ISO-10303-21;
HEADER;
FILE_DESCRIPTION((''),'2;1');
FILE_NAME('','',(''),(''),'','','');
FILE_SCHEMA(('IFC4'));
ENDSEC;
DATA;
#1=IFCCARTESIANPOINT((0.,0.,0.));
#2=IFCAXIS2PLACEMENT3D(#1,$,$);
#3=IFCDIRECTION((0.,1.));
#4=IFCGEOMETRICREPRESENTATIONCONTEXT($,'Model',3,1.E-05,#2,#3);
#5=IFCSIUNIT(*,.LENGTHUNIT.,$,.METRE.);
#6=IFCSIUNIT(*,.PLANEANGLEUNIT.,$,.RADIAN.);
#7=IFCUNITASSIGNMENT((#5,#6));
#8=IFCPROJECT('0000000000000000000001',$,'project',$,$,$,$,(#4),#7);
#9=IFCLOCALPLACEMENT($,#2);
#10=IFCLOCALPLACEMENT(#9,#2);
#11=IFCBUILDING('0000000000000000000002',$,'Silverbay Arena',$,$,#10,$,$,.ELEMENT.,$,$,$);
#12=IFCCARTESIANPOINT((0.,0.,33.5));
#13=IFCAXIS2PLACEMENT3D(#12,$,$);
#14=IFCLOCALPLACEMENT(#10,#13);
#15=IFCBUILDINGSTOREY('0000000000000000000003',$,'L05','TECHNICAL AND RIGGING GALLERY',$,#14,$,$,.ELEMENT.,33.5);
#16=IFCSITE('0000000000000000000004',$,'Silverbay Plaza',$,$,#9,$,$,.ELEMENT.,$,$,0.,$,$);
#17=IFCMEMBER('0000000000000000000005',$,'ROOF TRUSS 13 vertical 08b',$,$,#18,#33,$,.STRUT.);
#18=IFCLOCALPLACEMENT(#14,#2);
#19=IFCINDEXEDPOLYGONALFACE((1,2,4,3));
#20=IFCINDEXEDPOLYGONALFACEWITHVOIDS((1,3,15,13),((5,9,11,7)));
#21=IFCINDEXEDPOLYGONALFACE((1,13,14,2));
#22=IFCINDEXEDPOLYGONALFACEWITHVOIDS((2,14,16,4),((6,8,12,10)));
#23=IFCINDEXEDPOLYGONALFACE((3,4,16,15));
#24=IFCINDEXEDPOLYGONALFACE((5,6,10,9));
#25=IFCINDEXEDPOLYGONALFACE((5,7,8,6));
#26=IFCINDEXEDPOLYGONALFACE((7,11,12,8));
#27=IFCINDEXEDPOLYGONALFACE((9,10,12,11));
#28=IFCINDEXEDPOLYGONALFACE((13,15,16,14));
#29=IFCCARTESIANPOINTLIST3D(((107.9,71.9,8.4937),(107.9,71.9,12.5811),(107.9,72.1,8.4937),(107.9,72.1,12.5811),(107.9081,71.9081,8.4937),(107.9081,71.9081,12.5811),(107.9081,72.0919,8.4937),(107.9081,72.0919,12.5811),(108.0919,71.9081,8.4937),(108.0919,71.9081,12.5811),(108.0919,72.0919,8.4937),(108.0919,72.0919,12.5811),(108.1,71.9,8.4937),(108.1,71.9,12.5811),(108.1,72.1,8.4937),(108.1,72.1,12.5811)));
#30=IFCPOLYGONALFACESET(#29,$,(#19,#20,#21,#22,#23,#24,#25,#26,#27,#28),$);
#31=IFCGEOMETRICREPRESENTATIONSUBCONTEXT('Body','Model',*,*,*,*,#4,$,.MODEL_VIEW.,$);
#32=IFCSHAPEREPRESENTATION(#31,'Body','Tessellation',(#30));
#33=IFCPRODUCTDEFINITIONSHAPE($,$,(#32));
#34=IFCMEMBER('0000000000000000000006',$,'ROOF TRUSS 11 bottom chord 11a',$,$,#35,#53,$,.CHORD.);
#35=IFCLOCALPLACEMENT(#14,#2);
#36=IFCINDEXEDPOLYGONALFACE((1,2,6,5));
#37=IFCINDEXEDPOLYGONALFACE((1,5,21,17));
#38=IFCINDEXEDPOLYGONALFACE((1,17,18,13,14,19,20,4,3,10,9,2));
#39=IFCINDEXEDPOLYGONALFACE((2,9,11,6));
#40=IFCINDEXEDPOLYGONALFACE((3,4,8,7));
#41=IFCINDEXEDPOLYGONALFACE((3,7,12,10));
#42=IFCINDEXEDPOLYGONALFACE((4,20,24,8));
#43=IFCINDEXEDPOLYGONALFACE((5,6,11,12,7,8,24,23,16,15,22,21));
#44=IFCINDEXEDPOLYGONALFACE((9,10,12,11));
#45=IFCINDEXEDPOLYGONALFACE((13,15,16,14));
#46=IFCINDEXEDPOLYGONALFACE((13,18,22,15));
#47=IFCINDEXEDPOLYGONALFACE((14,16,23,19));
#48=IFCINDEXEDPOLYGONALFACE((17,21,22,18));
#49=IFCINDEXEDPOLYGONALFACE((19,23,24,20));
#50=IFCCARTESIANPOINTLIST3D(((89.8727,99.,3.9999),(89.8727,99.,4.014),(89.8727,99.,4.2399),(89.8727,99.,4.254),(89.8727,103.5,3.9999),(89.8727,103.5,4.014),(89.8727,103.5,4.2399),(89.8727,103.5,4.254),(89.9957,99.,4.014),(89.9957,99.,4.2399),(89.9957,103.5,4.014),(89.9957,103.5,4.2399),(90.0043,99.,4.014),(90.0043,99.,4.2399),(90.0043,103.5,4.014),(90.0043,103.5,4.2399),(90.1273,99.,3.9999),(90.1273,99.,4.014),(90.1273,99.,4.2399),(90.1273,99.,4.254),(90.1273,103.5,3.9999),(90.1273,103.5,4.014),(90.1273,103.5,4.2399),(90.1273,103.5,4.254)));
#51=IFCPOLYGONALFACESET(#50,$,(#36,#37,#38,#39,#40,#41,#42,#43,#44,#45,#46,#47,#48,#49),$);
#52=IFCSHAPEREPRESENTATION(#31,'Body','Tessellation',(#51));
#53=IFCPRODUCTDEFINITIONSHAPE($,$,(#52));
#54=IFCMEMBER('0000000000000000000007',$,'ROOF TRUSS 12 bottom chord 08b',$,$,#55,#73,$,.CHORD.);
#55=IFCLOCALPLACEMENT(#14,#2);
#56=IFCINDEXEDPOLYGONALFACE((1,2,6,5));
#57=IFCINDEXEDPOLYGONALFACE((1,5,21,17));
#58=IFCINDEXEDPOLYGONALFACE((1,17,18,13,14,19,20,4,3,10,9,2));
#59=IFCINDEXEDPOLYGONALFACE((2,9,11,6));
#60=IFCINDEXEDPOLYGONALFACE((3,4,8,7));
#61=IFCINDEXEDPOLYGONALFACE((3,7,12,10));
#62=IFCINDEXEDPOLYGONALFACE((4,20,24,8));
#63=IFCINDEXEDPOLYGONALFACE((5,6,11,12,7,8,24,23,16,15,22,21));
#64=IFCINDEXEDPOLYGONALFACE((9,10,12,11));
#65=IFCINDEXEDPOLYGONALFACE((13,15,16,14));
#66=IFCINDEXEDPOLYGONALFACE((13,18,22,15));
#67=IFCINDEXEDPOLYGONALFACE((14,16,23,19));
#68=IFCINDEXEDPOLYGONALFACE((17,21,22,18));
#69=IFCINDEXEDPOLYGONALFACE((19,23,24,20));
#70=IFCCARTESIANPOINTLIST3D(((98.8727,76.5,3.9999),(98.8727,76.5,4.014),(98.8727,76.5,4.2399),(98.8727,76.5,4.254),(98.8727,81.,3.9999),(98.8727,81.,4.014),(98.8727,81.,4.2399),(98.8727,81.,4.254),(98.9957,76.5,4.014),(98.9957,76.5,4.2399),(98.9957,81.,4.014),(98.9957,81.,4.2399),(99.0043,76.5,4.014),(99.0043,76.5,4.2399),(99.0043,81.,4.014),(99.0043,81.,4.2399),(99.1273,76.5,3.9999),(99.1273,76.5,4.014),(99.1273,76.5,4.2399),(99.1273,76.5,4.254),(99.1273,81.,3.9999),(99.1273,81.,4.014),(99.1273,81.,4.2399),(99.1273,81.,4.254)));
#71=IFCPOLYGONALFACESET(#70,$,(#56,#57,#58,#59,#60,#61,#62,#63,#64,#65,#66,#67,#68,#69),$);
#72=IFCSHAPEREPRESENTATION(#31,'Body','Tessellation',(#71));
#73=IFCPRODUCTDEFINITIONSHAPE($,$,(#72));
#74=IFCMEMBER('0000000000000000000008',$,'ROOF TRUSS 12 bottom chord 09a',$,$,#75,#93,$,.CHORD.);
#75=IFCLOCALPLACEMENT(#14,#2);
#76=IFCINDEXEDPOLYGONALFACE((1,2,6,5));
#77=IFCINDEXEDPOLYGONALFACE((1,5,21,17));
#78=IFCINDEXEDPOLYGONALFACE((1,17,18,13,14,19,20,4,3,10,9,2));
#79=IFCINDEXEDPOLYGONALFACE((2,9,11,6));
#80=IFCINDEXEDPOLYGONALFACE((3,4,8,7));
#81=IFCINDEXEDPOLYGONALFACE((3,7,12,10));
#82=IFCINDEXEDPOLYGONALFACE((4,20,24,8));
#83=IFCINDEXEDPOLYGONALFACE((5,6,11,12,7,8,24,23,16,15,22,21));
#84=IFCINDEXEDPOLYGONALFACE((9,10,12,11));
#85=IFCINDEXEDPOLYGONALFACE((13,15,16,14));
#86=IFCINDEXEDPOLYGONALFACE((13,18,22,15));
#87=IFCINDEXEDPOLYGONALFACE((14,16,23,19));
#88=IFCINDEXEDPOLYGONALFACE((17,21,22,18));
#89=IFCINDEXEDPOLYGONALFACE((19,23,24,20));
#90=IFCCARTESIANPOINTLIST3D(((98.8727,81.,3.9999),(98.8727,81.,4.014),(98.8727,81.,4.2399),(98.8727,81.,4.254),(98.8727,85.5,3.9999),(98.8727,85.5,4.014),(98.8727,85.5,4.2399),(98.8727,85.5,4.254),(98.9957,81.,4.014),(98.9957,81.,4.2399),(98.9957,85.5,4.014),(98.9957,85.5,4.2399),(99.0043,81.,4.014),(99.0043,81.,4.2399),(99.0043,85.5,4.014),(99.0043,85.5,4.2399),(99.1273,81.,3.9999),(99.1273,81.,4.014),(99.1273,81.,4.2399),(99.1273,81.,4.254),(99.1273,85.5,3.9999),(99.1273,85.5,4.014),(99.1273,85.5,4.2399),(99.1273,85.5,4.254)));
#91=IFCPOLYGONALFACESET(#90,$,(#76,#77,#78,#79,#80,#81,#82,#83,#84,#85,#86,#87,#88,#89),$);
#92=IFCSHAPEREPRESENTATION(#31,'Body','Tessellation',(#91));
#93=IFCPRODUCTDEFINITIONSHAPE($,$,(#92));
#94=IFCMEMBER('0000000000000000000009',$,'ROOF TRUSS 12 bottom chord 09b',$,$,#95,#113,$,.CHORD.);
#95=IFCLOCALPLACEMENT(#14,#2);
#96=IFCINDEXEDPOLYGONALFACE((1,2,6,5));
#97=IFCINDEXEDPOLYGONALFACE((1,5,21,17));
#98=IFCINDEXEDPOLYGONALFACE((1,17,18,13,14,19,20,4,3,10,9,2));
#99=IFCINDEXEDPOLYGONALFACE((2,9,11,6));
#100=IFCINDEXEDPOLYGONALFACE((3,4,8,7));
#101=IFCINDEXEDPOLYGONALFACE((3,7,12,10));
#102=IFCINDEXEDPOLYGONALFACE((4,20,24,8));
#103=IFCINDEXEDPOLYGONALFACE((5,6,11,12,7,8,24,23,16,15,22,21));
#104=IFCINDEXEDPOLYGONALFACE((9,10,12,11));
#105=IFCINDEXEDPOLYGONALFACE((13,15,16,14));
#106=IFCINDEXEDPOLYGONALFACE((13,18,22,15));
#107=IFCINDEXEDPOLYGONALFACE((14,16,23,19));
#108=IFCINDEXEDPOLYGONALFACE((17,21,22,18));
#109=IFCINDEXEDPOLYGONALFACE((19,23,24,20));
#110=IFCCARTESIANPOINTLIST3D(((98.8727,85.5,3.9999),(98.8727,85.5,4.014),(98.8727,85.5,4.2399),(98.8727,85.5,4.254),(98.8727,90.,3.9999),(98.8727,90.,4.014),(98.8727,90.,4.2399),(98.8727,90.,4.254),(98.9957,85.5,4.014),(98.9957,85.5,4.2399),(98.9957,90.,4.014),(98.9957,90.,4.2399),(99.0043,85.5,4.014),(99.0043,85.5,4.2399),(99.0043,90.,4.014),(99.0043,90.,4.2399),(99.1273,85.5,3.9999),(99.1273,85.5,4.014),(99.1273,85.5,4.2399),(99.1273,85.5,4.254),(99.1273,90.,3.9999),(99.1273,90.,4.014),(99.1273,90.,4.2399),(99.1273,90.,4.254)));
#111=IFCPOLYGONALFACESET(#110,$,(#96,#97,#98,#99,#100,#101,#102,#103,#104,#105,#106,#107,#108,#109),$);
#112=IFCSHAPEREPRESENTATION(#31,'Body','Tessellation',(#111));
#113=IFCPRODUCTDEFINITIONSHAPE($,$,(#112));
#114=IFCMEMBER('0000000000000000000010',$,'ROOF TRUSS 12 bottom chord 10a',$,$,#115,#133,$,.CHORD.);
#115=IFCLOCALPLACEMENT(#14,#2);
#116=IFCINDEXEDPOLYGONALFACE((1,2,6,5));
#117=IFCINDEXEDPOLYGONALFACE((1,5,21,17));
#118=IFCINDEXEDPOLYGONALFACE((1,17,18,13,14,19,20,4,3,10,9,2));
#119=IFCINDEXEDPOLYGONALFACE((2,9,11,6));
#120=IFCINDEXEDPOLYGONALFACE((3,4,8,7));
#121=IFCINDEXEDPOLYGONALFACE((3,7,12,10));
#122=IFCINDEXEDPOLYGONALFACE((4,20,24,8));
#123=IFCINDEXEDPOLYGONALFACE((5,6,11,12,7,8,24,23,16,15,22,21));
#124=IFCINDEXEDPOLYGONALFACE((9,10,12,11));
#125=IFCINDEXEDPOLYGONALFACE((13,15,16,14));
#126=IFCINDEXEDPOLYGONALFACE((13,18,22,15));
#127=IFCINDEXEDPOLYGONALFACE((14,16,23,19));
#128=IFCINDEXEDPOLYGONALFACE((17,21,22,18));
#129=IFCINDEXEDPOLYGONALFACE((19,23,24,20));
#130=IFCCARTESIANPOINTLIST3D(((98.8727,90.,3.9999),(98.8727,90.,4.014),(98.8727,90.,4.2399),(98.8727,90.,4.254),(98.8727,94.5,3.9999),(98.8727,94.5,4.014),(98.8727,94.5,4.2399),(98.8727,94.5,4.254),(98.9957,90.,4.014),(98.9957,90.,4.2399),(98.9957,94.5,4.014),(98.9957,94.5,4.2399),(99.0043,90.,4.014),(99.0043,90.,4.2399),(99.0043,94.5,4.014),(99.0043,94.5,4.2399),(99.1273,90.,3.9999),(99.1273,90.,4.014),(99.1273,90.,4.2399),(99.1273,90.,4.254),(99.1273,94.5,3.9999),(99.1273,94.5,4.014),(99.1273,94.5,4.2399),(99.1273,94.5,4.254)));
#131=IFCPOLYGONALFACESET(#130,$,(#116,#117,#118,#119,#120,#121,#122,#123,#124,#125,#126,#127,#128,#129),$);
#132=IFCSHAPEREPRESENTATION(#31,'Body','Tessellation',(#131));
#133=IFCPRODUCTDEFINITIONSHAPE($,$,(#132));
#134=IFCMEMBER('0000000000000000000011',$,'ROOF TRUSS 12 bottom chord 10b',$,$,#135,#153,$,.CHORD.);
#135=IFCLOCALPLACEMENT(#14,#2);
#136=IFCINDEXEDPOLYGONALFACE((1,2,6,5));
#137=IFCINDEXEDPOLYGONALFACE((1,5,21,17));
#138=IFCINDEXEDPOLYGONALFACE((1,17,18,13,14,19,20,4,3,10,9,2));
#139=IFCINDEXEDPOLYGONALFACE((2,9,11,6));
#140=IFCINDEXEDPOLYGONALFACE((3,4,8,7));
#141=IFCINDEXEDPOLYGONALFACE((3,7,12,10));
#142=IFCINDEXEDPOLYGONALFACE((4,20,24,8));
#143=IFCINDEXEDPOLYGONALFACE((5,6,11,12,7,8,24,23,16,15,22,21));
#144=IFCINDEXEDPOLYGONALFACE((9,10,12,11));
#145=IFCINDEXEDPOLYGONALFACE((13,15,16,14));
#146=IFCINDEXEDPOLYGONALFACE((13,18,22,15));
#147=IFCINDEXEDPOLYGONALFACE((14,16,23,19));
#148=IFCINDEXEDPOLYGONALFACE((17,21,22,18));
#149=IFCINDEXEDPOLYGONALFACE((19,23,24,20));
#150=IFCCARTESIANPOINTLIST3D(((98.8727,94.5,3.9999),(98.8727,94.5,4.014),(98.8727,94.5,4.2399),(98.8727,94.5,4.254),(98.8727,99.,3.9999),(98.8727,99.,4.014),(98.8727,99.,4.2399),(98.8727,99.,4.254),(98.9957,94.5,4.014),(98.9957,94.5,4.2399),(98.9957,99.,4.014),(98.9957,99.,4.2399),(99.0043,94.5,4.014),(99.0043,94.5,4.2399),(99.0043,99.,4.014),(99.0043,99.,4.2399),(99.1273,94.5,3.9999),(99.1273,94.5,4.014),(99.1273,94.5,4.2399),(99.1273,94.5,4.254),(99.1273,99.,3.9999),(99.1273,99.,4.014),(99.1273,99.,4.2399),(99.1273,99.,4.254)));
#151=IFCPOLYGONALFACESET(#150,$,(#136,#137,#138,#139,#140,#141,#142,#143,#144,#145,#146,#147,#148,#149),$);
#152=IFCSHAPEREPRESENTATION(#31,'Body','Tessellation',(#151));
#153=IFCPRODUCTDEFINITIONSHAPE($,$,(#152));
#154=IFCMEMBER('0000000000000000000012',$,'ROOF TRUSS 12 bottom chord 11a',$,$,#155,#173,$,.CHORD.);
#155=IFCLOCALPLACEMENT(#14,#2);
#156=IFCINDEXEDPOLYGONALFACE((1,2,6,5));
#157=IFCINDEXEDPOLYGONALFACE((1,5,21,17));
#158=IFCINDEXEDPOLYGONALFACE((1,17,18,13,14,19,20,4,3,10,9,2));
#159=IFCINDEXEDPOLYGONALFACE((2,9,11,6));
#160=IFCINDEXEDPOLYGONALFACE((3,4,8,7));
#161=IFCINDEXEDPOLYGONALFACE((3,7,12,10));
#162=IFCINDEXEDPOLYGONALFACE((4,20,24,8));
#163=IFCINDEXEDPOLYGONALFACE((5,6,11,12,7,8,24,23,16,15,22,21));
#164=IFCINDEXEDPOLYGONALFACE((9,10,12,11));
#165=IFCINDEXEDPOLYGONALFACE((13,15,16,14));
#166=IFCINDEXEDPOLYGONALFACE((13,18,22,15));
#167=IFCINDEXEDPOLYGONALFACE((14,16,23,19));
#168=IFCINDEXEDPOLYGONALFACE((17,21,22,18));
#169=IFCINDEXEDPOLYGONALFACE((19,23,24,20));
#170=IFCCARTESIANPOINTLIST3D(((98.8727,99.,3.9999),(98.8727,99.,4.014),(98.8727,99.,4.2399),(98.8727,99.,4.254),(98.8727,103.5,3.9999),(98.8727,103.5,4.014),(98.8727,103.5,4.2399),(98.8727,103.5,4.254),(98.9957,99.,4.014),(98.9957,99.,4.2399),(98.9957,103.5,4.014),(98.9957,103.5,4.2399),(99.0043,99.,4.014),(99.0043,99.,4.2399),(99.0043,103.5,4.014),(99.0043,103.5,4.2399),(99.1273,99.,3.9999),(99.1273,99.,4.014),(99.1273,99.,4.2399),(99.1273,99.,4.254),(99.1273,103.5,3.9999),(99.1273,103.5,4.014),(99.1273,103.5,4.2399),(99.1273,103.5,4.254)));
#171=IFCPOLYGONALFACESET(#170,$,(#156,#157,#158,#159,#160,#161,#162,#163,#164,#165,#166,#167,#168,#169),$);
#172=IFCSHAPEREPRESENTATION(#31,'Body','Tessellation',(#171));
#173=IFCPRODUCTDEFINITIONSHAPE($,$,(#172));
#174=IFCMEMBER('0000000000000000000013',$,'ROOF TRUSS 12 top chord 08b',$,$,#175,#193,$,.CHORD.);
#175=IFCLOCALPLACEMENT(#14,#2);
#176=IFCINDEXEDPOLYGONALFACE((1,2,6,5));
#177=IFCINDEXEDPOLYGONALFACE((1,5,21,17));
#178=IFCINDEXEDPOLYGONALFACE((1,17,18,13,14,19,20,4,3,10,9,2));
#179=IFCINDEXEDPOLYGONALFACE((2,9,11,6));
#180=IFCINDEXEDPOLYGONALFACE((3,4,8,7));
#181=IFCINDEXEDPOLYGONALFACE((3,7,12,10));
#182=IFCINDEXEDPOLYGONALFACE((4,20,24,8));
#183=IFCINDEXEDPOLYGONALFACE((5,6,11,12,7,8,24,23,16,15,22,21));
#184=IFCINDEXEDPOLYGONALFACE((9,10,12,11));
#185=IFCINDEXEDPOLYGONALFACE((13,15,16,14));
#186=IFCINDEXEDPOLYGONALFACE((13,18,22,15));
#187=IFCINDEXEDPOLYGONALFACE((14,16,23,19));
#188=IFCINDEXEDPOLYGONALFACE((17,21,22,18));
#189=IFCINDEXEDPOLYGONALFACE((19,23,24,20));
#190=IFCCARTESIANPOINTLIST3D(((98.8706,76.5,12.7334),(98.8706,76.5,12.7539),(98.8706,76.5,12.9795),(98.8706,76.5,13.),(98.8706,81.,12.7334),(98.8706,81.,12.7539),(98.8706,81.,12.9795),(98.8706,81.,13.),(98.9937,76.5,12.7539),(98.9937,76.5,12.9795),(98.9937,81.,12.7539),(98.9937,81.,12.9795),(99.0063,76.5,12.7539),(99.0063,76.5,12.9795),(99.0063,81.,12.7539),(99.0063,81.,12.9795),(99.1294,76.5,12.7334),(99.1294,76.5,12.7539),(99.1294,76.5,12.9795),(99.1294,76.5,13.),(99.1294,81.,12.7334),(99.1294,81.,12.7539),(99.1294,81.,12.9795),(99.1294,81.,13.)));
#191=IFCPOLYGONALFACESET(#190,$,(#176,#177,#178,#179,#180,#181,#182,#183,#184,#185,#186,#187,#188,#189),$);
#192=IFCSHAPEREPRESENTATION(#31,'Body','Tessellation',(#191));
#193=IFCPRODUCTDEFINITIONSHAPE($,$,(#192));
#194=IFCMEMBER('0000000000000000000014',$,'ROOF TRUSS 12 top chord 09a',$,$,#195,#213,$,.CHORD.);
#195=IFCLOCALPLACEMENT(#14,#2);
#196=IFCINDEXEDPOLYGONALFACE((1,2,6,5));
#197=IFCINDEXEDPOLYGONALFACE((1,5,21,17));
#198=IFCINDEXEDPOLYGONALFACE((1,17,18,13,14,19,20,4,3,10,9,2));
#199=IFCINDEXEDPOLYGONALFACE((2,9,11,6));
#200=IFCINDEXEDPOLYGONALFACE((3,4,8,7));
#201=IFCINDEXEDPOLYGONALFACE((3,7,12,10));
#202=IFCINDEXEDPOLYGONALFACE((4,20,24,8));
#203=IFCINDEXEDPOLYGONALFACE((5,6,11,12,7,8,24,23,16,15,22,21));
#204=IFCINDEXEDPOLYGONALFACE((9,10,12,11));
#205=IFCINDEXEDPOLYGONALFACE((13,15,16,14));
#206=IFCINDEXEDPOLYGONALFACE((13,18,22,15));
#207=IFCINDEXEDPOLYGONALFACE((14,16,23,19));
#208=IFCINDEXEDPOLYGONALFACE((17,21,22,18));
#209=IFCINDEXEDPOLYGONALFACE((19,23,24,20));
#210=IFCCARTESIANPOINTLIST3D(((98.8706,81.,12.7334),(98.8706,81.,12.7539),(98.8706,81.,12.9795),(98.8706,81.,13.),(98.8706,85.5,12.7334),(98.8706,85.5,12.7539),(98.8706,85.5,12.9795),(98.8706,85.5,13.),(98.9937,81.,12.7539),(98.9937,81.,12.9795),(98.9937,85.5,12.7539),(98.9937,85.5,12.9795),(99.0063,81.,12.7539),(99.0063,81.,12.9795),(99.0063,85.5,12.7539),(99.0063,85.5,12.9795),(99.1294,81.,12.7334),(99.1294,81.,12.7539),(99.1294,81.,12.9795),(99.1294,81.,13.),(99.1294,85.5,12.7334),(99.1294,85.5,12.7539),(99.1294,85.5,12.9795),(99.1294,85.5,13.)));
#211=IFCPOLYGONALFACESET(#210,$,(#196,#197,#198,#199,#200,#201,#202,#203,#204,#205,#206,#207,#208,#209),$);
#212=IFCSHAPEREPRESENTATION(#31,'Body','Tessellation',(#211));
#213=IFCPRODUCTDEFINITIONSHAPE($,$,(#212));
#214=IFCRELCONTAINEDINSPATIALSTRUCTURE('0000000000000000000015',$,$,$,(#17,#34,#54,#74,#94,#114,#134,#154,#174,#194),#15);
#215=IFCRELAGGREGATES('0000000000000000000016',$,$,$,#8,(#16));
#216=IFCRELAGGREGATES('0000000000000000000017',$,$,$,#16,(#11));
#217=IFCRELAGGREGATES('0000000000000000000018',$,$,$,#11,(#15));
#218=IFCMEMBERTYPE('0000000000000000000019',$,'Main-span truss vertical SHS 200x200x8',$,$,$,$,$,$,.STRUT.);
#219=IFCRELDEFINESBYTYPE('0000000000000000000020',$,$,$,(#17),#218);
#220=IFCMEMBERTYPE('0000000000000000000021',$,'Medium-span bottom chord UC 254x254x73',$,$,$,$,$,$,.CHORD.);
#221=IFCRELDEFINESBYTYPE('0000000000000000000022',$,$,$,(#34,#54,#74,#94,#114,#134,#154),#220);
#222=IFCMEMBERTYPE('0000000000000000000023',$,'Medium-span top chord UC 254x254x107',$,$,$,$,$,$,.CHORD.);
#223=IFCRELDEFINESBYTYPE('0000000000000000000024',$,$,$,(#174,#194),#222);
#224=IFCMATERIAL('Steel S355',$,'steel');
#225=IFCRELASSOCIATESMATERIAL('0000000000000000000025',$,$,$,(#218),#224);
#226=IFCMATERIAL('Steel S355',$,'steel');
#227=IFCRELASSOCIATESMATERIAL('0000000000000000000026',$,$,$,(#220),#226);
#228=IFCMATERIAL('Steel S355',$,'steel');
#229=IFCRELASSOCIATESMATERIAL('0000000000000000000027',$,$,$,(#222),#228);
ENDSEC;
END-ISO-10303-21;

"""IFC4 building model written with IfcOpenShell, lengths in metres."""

from ifc_helpers import new_model, si_unit, direction, frame, origin, origin_2d, place, context, subcontext, project, spatial, hollow_rectangle, i_section, extrude, material, material_profile, profile_set, type_object, element, save


model = new_model("IFC4")

# Units and contexts
model_context = context("Model", 3, precision=1e-05, world=origin(), true_north=direction((0.0, 1.0)))
body_context = subcontext(model_context, "Body", "Model", "MODEL_VIEW")
ifc_project = project(units=[si_unit("LENGTHUNIT", "METRE"), si_unit("PLANEANGLEUNIT", "RADIAN")], contexts=[model_context])

# Site, building, storey
site_placement = place(None, origin())
site = spatial("IfcSite", under=ifc_project, at=site_placement, Name="Silverbay Plaza", CompositionType="ELEMENT", RefElevation=0.0)
building_placement = place(site_placement, origin())
building = spatial("IfcBuilding", under=site, at=building_placement, Name="Silverbay Arena", CompositionType="ELEMENT")
storey_placement = place(building_placement, frame((0.0, 0.0, 33.5)))
storey = spatial("IfcBuildingStorey", under=building, at=storey_placement, Name="L05", Description="TECHNICAL AND RIGGING GALLERY", CompositionType="ELEMENT", Elevation=33.5)

# Members
ifc_material_1 = material(Name="Steel S355", Category="steel")
ifc_material_profile_1 = material_profile(ifc_material_1, hollow_rectangle(XDim=0.2, YDim=0.2, WallThickness=0.0081, at=origin_2d()), Name="SHS 200x200x8")
ifc_profile_set_1 = profile_set([ifc_material_profile_1], Name="Steel S355")
member_type_1 = type_object("IfcMemberType", Name="Main-span truss vertical SHS 200x200x8", PredefinedType="STRUT", material=ifc_profile_set_1)
member_1_placement = place(storey_placement, frame((108.0, 72.0, 8.4937), z_axis=(0.0, 0.0, 1.0), x_axis=(1.0, 0.0, 0.0)))
element("IfcMember", 1, at=member_1_placement, inside=storey, type_object=member_type_1, Name="ROOF TRUSS 13 vertical 08b", PredefinedType="STRUT", context=body_context, shape_type="SweptSolid", body=[
    extrude(hollow_rectangle(XDim=0.2, YDim=0.2, WallThickness=0.0081, at=origin_2d()), origin(), (0.0, 0.0, 1.0), 4.0874),
])
ifc_material_2 = material(Name="Steel S355", Category="steel")
ifc_material_profile_2 = material_profile(ifc_material_2, i_section(OverallWidth=0.2546, OverallDepth=0.2542, WebThickness=0.0085, FlangeThickness=0.0142, at=origin_2d()), Name="UC 254x254x73")
ifc_profile_set_2 = profile_set([ifc_material_profile_2], Name="Steel S355")
member_type_2 = type_object("IfcMemberType", Name="Medium-span bottom chord UC 254x254x73", PredefinedType="CHORD", material=ifc_profile_set_2)
for number, where, z_axis, x_axis, name in (
    (2, (90.0, 99.0, 4.127), (0.0, 1.0, 0.0), (-1.0, 0.0, 0.0), "ROOF TRUSS 11 bottom chord 11a"),
    (3, (99.0, 76.5, 4.127), (0.0, 1.0, 0.0), (-1.0, 0.0, 0.0), "ROOF TRUSS 12 bottom chord 08b"),
    (4, (99.0, 81.0, 4.127), (0.0, 1.0, 0.0), (-1.0, 0.0, 0.0), "ROOF TRUSS 12 bottom chord 09a"),
    (5, (99.0, 85.5, 4.127), (0.0, 1.0, 0.0), (-1.0, 0.0, 0.0), "ROOF TRUSS 12 bottom chord 09b"),
    (6, (99.0, 90.0, 4.127), (0.0, 1.0, 0.0), (-1.0, 0.0, 0.0), "ROOF TRUSS 12 bottom chord 10a"),
    (7, (99.0, 94.5, 4.127), (0.0, 1.0, 0.0), (-1.0, 0.0, 0.0), "ROOF TRUSS 12 bottom chord 10b"),
    (8, (99.0, 99.0, 4.127), (0.0, 1.0, 0.0), (-1.0, 0.0, 0.0), "ROOF TRUSS 12 bottom chord 11a"),
):
    element("IfcMember", number, at=place(storey_placement, frame(where, z_axis=z_axis, x_axis=x_axis)), inside=storey, type_object=member_type_2, Name=name, PredefinedType="CHORD", context=body_context, shape_type="SweptSolid", body=[
        extrude(i_section(OverallWidth=0.2546, OverallDepth=0.2542, WebThickness=0.0085, FlangeThickness=0.0142, at=origin_2d()), origin(), (0.0, 0.0, 1.0), 4.5),
    ])
ifc_material_3 = material(Name="Steel S355", Category="steel")
ifc_material_profile_3 = material_profile(ifc_material_3, i_section(OverallWidth=0.2588, OverallDepth=0.2666, WebThickness=0.0127, FlangeThickness=0.0205, at=origin_2d()), Name="UC 254x254x107")
ifc_profile_set_3 = profile_set([ifc_material_profile_3], Name="Steel S355")
member_type_3 = type_object("IfcMemberType", Name="Medium-span top chord UC 254x254x107", PredefinedType="CHORD", material=ifc_profile_set_3)
for number, where, z_axis, x_axis, name in (
    (9, (99.0, 76.5, 12.8667), (0.0, 1.0, 0.0), (-1.0, 0.0, 0.0), "ROOF TRUSS 12 top chord 08b"),
    (10, (99.0, 81.0, 12.8667), (0.0, 1.0, 0.0), (-1.0, 0.0, 0.0), "ROOF TRUSS 12 top chord 09a"),
):
    element("IfcMember", number, at=place(storey_placement, frame(where, z_axis=z_axis, x_axis=x_axis)), inside=storey, type_object=member_type_3, Name=name, PredefinedType="CHORD", context=body_context, shape_type="SweptSolid", body=[
        extrude(i_section(OverallWidth=0.2588, OverallDepth=0.2666, WebThickness=0.0127, FlangeThickness=0.0205, at=origin_2d()), origin(), (0.0, 0.0, 1.0), 4.5),
    ])

save(model, "model.ifc")
